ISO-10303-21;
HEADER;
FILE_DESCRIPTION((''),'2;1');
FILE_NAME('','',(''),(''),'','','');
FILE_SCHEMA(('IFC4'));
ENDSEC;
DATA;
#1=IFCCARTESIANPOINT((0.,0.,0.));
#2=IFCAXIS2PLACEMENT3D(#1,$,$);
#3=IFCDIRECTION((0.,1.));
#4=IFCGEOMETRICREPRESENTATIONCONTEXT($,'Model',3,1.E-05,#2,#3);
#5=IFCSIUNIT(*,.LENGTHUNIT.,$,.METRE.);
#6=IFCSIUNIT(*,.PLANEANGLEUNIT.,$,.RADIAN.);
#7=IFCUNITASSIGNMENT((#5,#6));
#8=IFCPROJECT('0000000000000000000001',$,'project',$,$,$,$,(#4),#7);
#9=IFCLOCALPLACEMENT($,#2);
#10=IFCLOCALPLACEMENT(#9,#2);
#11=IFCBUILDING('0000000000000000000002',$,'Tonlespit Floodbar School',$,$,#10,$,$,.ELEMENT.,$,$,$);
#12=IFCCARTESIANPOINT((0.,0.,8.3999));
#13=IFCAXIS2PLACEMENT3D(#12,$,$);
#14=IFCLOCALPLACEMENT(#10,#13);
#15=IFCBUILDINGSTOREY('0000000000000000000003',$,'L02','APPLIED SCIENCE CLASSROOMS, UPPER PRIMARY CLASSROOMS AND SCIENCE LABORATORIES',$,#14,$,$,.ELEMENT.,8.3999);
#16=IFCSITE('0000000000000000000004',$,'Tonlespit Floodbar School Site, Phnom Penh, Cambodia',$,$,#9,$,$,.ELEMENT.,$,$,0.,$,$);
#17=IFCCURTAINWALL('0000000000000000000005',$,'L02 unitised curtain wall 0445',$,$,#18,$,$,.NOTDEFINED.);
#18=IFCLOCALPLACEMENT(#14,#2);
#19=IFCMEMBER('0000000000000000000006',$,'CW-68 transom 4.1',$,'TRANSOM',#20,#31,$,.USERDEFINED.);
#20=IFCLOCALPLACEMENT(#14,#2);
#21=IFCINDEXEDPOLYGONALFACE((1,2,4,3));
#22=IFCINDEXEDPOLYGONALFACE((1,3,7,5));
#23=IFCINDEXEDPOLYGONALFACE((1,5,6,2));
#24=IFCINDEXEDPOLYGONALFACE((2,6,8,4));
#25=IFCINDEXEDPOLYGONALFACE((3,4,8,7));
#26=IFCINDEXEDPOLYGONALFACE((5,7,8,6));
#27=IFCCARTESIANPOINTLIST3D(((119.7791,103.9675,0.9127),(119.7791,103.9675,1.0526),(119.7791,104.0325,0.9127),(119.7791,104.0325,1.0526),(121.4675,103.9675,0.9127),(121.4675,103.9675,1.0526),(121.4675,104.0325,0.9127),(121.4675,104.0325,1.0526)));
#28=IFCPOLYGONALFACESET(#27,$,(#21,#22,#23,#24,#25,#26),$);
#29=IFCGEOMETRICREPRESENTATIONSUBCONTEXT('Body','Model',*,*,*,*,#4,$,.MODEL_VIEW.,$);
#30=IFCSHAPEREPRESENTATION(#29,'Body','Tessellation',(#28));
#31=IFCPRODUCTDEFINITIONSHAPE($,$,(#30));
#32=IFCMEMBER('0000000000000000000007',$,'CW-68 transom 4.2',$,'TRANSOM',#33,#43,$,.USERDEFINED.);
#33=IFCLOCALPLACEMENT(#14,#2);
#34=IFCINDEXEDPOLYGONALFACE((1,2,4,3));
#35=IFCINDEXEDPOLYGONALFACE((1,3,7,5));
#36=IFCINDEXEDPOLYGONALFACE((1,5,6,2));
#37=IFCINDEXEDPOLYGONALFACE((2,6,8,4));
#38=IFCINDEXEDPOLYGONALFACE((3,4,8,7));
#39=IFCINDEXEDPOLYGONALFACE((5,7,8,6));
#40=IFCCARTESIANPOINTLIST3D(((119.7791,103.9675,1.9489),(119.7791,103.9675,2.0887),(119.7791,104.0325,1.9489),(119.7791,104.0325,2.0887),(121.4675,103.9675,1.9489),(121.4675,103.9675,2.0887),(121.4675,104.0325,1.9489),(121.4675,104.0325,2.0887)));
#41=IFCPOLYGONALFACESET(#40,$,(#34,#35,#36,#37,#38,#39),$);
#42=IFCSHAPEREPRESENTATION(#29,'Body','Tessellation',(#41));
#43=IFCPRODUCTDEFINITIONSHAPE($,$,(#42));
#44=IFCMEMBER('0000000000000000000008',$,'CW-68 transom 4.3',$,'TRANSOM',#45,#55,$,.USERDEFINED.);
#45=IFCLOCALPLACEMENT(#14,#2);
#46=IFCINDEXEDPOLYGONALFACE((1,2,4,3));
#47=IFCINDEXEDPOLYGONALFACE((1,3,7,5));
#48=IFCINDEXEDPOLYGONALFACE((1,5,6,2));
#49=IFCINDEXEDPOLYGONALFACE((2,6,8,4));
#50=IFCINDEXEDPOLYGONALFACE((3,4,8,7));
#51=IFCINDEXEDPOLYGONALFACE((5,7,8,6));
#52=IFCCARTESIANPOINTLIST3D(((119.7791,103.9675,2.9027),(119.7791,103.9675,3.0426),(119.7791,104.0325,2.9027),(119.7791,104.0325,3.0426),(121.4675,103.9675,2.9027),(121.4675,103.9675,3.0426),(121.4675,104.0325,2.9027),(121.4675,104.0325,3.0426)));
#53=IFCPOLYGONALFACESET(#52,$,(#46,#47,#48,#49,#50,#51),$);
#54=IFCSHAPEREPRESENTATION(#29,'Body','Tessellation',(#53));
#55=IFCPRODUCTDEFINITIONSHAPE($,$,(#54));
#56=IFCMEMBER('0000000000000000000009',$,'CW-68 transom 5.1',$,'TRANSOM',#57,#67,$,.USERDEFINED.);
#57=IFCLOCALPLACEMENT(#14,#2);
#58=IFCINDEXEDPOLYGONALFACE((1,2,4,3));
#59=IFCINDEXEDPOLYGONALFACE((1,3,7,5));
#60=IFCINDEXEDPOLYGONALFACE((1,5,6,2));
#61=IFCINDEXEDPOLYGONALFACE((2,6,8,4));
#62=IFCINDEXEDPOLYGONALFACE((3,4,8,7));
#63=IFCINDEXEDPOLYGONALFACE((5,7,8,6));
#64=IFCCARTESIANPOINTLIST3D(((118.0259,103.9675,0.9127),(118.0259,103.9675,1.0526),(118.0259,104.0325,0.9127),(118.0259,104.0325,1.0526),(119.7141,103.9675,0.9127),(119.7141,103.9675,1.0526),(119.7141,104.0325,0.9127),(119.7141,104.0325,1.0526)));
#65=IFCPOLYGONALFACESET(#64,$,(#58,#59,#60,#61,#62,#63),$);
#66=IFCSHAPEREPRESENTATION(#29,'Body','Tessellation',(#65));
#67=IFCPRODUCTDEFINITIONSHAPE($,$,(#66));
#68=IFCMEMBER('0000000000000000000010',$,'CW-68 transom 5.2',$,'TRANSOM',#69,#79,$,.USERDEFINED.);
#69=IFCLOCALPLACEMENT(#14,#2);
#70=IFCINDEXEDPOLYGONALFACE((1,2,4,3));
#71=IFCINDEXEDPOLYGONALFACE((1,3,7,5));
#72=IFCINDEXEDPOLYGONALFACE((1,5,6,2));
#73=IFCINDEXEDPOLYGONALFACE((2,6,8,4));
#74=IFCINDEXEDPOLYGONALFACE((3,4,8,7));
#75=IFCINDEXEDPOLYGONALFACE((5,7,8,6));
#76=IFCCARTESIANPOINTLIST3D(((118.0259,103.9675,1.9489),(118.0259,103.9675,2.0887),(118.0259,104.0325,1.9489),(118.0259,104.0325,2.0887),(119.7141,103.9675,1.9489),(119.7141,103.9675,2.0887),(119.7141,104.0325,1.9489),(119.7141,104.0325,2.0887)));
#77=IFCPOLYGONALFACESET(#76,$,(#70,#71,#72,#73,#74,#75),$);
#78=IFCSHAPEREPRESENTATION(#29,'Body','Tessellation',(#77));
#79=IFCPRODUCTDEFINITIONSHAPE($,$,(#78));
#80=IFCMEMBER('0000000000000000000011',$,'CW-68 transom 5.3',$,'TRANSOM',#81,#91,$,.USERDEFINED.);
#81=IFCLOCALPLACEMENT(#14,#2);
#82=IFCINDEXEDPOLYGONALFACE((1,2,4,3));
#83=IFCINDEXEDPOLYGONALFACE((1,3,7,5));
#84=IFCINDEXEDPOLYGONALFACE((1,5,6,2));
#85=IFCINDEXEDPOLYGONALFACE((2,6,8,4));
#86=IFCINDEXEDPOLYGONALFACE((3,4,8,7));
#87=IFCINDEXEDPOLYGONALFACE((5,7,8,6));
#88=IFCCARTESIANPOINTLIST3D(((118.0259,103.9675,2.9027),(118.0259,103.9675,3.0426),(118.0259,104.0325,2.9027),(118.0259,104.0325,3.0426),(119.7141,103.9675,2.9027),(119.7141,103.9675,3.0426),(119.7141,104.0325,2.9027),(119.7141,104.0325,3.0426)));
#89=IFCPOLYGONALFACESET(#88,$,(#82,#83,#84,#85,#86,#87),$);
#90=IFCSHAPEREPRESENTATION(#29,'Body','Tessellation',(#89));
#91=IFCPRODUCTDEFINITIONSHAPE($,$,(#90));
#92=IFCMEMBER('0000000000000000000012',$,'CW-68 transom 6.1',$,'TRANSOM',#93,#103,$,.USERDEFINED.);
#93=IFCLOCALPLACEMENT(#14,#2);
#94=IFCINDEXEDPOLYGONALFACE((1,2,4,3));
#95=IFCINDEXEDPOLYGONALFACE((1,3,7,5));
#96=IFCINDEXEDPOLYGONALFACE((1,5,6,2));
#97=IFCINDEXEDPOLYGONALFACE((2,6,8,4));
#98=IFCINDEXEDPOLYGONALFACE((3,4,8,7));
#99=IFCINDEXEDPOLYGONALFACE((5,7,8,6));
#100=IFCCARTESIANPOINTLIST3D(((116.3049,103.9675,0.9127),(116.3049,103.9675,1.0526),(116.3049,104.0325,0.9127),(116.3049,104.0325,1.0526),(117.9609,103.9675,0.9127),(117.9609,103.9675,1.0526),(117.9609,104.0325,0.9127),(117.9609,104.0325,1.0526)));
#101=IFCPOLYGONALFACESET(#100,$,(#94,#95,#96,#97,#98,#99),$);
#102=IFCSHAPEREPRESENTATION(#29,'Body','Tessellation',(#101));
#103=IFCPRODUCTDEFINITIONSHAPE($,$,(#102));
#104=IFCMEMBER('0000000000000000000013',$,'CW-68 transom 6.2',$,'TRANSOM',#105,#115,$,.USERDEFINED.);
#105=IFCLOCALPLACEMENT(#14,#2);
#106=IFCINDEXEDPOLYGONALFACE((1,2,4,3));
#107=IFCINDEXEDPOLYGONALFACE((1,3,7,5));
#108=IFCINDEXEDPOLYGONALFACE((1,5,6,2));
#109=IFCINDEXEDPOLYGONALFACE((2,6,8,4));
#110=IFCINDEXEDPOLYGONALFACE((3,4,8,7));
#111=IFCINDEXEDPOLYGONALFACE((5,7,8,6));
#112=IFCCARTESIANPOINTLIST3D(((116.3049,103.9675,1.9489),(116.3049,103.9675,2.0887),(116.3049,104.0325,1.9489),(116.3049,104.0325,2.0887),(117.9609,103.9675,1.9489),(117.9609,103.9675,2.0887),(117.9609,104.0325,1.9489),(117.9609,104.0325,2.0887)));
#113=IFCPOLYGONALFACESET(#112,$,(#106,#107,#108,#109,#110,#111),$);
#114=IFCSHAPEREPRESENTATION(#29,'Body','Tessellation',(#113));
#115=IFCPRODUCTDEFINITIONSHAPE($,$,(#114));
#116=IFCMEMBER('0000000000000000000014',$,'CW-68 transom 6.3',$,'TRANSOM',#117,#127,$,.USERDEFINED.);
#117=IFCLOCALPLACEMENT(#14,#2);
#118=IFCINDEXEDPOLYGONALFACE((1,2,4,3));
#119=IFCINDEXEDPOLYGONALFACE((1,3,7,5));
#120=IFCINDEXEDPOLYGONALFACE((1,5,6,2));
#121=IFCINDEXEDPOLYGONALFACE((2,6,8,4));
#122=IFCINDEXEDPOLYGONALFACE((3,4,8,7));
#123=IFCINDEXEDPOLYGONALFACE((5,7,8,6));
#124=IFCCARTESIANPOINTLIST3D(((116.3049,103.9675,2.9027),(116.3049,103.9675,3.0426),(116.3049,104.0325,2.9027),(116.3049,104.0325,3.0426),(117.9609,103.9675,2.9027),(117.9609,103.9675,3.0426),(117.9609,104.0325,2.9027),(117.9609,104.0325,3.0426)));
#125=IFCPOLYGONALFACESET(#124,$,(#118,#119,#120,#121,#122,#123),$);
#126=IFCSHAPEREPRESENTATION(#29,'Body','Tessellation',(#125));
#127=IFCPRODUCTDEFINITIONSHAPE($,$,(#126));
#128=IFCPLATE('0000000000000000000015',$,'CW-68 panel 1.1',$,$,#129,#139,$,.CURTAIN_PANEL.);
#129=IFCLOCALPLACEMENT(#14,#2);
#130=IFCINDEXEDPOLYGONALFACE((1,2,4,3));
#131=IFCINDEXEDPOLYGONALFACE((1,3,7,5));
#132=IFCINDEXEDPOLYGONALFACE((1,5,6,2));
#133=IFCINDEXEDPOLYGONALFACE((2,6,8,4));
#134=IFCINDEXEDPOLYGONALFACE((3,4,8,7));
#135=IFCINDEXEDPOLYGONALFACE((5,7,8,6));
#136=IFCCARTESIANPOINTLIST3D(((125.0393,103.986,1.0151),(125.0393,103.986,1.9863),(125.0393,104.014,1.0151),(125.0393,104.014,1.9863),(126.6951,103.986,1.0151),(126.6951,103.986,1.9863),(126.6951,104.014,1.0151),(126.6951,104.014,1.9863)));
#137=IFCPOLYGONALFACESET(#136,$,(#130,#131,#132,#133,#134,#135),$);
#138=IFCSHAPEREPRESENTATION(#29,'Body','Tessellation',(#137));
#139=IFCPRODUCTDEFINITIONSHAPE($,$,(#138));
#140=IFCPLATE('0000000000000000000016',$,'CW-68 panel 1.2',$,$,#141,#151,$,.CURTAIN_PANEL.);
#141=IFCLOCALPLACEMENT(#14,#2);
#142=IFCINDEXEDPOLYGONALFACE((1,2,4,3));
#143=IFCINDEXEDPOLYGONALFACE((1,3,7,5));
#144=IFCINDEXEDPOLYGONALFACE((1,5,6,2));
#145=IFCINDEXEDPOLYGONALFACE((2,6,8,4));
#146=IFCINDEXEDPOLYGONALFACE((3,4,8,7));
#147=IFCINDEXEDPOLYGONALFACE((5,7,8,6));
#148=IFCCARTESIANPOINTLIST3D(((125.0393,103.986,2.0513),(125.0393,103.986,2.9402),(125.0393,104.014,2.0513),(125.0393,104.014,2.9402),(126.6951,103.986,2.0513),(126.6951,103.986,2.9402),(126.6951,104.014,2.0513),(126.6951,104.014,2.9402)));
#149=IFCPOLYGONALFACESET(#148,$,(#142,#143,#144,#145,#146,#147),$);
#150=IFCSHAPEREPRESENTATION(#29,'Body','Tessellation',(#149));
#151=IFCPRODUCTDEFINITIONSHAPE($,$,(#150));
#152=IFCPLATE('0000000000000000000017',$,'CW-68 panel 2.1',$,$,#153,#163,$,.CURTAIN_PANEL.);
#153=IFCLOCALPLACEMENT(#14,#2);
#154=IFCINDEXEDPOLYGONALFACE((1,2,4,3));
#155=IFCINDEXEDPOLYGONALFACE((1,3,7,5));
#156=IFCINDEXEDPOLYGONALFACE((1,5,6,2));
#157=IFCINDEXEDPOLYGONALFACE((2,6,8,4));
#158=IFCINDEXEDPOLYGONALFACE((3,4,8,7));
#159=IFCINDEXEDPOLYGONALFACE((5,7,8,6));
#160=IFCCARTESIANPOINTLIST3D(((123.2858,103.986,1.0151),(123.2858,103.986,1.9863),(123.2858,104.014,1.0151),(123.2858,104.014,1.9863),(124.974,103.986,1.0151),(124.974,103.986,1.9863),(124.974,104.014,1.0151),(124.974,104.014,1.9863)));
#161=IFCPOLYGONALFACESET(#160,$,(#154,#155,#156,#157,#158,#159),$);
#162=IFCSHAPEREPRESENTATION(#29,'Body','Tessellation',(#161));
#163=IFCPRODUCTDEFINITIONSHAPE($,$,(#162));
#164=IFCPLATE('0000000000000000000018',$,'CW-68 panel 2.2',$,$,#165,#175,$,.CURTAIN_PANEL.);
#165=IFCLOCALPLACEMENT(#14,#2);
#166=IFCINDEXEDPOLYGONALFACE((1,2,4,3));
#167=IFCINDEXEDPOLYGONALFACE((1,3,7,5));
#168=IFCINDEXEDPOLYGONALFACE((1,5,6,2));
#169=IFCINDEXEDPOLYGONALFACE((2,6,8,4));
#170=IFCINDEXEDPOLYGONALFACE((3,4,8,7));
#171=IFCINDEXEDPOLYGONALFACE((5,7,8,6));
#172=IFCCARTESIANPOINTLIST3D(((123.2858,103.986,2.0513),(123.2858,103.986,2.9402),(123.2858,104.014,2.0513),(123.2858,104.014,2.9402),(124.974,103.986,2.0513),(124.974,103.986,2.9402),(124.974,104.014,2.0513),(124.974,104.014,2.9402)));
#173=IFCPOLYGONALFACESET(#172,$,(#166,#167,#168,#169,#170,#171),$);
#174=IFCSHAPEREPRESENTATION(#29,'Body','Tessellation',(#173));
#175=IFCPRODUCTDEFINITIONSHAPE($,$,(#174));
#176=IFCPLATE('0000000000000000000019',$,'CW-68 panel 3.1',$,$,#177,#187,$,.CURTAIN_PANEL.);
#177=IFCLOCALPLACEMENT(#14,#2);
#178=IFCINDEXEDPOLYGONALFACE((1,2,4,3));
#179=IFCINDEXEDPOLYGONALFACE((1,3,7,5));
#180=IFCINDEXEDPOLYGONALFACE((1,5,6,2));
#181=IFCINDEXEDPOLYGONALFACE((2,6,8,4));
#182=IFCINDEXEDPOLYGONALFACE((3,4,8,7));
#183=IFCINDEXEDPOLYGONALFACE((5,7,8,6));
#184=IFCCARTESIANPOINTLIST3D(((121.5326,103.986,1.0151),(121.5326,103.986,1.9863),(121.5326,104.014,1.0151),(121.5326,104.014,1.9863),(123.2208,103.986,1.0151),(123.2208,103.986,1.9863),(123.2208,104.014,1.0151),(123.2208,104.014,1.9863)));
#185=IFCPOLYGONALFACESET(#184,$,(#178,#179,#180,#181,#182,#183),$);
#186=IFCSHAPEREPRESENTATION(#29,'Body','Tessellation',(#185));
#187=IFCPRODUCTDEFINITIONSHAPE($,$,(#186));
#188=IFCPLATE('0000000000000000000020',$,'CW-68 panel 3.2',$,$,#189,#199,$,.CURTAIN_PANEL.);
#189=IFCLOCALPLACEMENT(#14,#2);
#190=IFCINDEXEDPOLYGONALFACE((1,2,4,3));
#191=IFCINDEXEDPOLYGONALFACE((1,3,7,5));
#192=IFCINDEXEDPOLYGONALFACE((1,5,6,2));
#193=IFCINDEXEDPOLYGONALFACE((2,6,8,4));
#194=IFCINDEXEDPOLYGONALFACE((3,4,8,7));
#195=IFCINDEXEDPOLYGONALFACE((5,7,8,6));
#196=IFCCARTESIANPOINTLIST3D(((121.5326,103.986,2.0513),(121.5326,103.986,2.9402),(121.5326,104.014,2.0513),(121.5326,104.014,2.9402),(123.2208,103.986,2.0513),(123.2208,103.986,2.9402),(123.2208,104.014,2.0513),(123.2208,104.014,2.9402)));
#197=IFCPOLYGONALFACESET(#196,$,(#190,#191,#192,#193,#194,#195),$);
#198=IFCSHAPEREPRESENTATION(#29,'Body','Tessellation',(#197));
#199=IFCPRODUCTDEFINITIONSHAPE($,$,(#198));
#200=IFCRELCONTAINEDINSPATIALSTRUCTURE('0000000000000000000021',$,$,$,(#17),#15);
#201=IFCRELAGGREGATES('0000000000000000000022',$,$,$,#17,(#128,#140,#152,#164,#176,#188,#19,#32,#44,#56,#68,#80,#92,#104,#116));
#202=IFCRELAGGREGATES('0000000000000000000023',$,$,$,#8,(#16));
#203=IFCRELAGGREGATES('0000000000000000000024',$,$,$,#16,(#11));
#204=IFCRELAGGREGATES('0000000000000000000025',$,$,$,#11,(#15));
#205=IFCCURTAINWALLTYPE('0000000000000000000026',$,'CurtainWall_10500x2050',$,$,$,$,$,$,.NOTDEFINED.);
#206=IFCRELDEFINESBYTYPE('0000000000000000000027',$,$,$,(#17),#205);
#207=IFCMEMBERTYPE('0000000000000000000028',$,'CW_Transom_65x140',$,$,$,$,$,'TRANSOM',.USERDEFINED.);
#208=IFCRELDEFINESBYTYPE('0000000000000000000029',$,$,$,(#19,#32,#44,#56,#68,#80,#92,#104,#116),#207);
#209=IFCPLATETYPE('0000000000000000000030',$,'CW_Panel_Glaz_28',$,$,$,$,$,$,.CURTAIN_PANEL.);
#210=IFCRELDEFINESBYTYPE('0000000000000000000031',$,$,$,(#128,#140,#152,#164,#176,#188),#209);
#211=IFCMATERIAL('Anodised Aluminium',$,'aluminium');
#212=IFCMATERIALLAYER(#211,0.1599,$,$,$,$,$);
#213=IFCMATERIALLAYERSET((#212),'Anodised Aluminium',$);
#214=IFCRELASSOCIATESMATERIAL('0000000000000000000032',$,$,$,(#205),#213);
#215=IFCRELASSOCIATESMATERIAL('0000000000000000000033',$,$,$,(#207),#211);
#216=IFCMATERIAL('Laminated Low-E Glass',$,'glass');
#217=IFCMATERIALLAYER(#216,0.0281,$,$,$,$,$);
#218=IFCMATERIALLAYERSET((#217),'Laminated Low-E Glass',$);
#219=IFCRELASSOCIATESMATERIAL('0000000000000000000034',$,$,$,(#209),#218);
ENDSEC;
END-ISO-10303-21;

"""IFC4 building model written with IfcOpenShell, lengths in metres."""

from ifc_helpers import new_model, si_unit, direction, frame, origin, origin_2d, place, context, subcontext, project, spatial, rectangle, extrude, material, layer, layer_set, material_profile, profile_set, type_object, element, aggregate, save


model = new_model("IFC4")

# Units and contexts
model_context = context("Model", 3, precision=1e-05, world=origin(), true_north=direction((0.0, 1.0)))
body_context = subcontext(model_context, "Body", "Model", "MODEL_VIEW")
ifc_project = project(units=[si_unit("LENGTHUNIT", "METRE"), si_unit("PLANEANGLEUNIT", "RADIAN")], contexts=[model_context])

# Site, building, storey
site_placement = place(None, origin())
site = spatial("IfcSite", under=ifc_project, at=site_placement, Name="Tonlespit Floodbar School Site, Phnom Penh, Cambodia", CompositionType="ELEMENT", RefElevation=0.0)
building_placement = place(site_placement, origin())
building = spatial("IfcBuilding", under=site, at=building_placement, Name="Tonlespit Floodbar School", CompositionType="ELEMENT")
storey_placement = place(building_placement, frame((0.0, 0.0, 8.3999)))
storey = spatial("IfcBuildingStorey", under=building, at=storey_placement, Name="L02", Description="APPLIED SCIENCE CLASSROOMS, UPPER PRIMARY CLASSROOMS AND SCIENCE LABORATORIES", CompositionType="ELEMENT", Elevation=8.3999)

# Curtain wall, members, plates
ifc_material_1 = material(Name="Anodised Aluminium", Category="aluminium")
ifc_layer_1 = layer(ifc_material_1, 0.1599)
ifc_layer_set_1 = layer_set([ifc_layer_1], Name="Anodised Aluminium")
curtain_wall_type = type_object("IfcCurtainWallType", Name="CurtainWall_10500x2050", PredefinedType="NOTDEFINED", material=ifc_layer_set_1)
curtain_wall_placement = place(storey_placement, origin())
curtain_wall = element("IfcCurtainWall", 1, at=curtain_wall_placement, inside=storey, type_object=curtain_wall_type, Name="L02 unitised curtain wall 0445", PredefinedType="NOTDEFINED")
ifc_material_profile_1 = material_profile(ifc_material_1, rectangle(XDim=0.0649, YDim=0.1399, at=origin_2d()), Name="ALU T65x140")
ifc_profile_set_1 = profile_set([ifc_material_profile_1], Name="Anodised Aluminium")
member_type_1 = type_object("IfcMemberType", Name="CW_Transom_65x140", ElementType="TRANSOM", PredefinedType="USERDEFINED", material=ifc_profile_set_1)
member_1_placement = place(storey_placement, frame((121.4675, 104.0, 0.9827), z_axis=(-1.0, 0.0, 0.0), x_axis=(0.0, -1.0, 0.0)))
member_1 = element("IfcMember", 2, at=member_1_placement, type_object=member_type_1, Name="CW-68 transom 4.1", ObjectType="TRANSOM", PredefinedType="USERDEFINED", context=body_context, shape_type="SweptSolid", body=[
    extrude(rectangle(XDim=0.0649, YDim=0.1399, at=origin_2d()), origin(), (0.0, 0.0, 1.0), 1.6885),
])
member_2_placement = place(storey_placement, frame((121.4675, 104.0, 2.0188), z_axis=(-1.0, 0.0, 0.0), x_axis=(0.0, -1.0, 0.0)))
member_2 = element("IfcMember", 3, at=member_2_placement, type_object=member_type_1, Name="CW-68 transom 4.2", ObjectType="TRANSOM", PredefinedType="USERDEFINED", context=body_context, shape_type="SweptSolid", body=[
    extrude(rectangle(XDim=0.0649, YDim=0.1399, at=origin_2d()), origin(), (0.0, 0.0, 1.0), 1.6885),
])
member_3_placement = place(storey_placement, frame((121.4675, 104.0, 2.9727), z_axis=(-1.0, 0.0, 0.0), x_axis=(0.0, -1.0, 0.0)))
member_3 = element("IfcMember", 4, at=member_3_placement, type_object=member_type_1, Name="CW-68 transom 4.3", ObjectType="TRANSOM", PredefinedType="USERDEFINED", context=body_context, shape_type="SweptSolid", body=[
    extrude(rectangle(XDim=0.0649, YDim=0.1399, at=origin_2d()), origin(), (0.0, 0.0, 1.0), 1.6885),
])
member_4_placement = place(storey_placement, frame((119.7141, 104.0, 0.9827), z_axis=(-1.0, 0.0, 0.0), x_axis=(0.0, -1.0, 0.0)))
member_4 = element("IfcMember", 5, at=member_4_placement, type_object=member_type_1, Name="CW-68 transom 5.1", ObjectType="TRANSOM", PredefinedType="USERDEFINED", context=body_context, shape_type="SweptSolid", body=[
    extrude(rectangle(XDim=0.0649, YDim=0.1399, at=origin_2d()), origin(), (0.0, 0.0, 1.0), 1.6882),
])
member_5_placement = place(storey_placement, frame((119.7141, 104.0, 2.0188), z_axis=(-1.0, 0.0, 0.0), x_axis=(0.0, -1.0, 0.0)))
member_5 = element("IfcMember", 6, at=member_5_placement, type_object=member_type_1, Name="CW-68 transom 5.2", ObjectType="TRANSOM", PredefinedType="USERDEFINED", context=body_context, shape_type="SweptSolid", body=[
    extrude(rectangle(XDim=0.0649, YDim=0.1399, at=origin_2d()), origin(), (0.0, 0.0, 1.0), 1.6882),
])
member_6_placement = place(storey_placement, frame((119.7141, 104.0, 2.9727), z_axis=(-1.0, 0.0, 0.0), x_axis=(0.0, -1.0, 0.0)))
member_6 = element("IfcMember", 7, at=member_6_placement, type_object=member_type_1, Name="CW-68 transom 5.3", ObjectType="TRANSOM", PredefinedType="USERDEFINED", context=body_context, shape_type="SweptSolid", body=[
    extrude(rectangle(XDim=0.0649, YDim=0.1399, at=origin_2d()), origin(), (0.0, 0.0, 1.0), 1.6882),
])
member_7_placement = place(storey_placement, frame((117.9609, 104.0, 0.9827), z_axis=(-1.0, 0.0, 0.0), x_axis=(0.0, -1.0, 0.0)))
member_7 = element("IfcMember", 8, at=member_7_placement, type_object=member_type_1, Name="CW-68 transom 6.1", ObjectType="TRANSOM", PredefinedType="USERDEFINED", context=body_context, shape_type="SweptSolid", body=[
    extrude(rectangle(XDim=0.0649, YDim=0.1399, at=origin_2d()), origin(), (0.0, 0.0, 1.0), 1.656),
])
member_8_placement = place(storey_placement, frame((117.9609, 104.0, 2.0188), z_axis=(-1.0, 0.0, 0.0), x_axis=(0.0, -1.0, 0.0)))
member_8 = element("IfcMember", 9, at=member_8_placement, type_object=member_type_1, Name="CW-68 transom 6.2", ObjectType="TRANSOM", PredefinedType="USERDEFINED", context=body_context, shape_type="SweptSolid", body=[
    extrude(rectangle(XDim=0.0649, YDim=0.1399, at=origin_2d()), origin(), (0.0, 0.0, 1.0), 1.656),
])
member_9_placement = place(storey_placement, frame((117.9609, 104.0, 2.9727), z_axis=(-1.0, 0.0, 0.0), x_axis=(0.0, -1.0, 0.0)))
member_9 = element("IfcMember", 10, at=member_9_placement, type_object=member_type_1, Name="CW-68 transom 6.3", ObjectType="TRANSOM", PredefinedType="USERDEFINED", context=body_context, shape_type="SweptSolid", body=[
    extrude(rectangle(XDim=0.0649, YDim=0.1399, at=origin_2d()), origin(), (0.0, 0.0, 1.0), 1.656),
])
ifc_material_2 = material(Name="Laminated Low-E Glass", Category="glass")
ifc_layer_2 = layer(ifc_material_2, 0.0281)
ifc_layer_set_2 = layer_set([ifc_layer_2], Name="Laminated Low-E Glass")
plate_type = type_object("IfcPlateType", Name="CW_Panel_Glaz_28", PredefinedType="CURTAIN_PANEL", material=ifc_layer_set_2)
plate_1_placement = place(storey_placement, frame((125.8672, 104.0, 1.0151), z_axis=(0.0, 0.0, 1.0), x_axis=(-1.0, 0.0, 0.0)))
plate_1 = element("IfcPlate", 11, at=plate_1_placement, type_object=plate_type, Name="CW-68 panel 1.1", PredefinedType="CURTAIN_PANEL", context=body_context, shape_type="SweptSolid", body=[
    extrude(rectangle(XDim=1.6558, YDim=0.0281, at=origin_2d()), origin(), (0.0, 0.0, 1.0), 0.9712),
])
plate_2_placement = place(storey_placement, frame((125.8672, 104.0, 2.0513), z_axis=(0.0, 0.0, 1.0), x_axis=(-1.0, 0.0, 0.0)))
plate_2 = element("IfcPlate", 12, at=plate_2_placement, type_object=plate_type, Name="CW-68 panel 1.2", PredefinedType="CURTAIN_PANEL", context=body_context, shape_type="SweptSolid", body=[
    extrude(rectangle(XDim=1.6558, YDim=0.0281, at=origin_2d()), origin(), (0.0, 0.0, 1.0), 0.8889),
])
plate_3_placement = place(storey_placement, frame((124.1299, 104.0, 1.0151), z_axis=(0.0, 0.0, 1.0), x_axis=(-1.0, 0.0, 0.0)))
plate_3 = element("IfcPlate", 13, at=plate_3_placement, type_object=plate_type, Name="CW-68 panel 2.1", PredefinedType="CURTAIN_PANEL", context=body_context, shape_type="SweptSolid", body=[
    extrude(rectangle(XDim=1.6882, YDim=0.0281, at=origin_2d()), origin(), (0.0, 0.0, 1.0), 0.9712),
])
plate_4_placement = place(storey_placement, frame((124.1299, 104.0, 2.0513), z_axis=(0.0, 0.0, 1.0), x_axis=(-1.0, 0.0, 0.0)))
plate_4 = element("IfcPlate", 14, at=plate_4_placement, type_object=plate_type, Name="CW-68 panel 2.2", PredefinedType="CURTAIN_PANEL", context=body_context, shape_type="SweptSolid", body=[
    extrude(rectangle(XDim=1.6882, YDim=0.0281, at=origin_2d()), origin(), (0.0, 0.0, 1.0), 0.8889),
])
plate_5_placement = place(storey_placement, frame((122.3767, 104.0, 1.0151), z_axis=(0.0, 0.0, 1.0), x_axis=(-1.0, 0.0, 0.0)))
plate_5 = element("IfcPlate", 15, at=plate_5_placement, type_object=plate_type, Name="CW-68 panel 3.1", PredefinedType="CURTAIN_PANEL", context=body_context, shape_type="SweptSolid", body=[
    extrude(rectangle(XDim=1.6882, YDim=0.0281, at=origin_2d()), origin(), (0.0, 0.0, 1.0), 0.9712),
])
plate_6_placement = place(storey_placement, frame((122.3767, 104.0, 2.0513), z_axis=(0.0, 0.0, 1.0), x_axis=(-1.0, 0.0, 0.0)))
plate_6 = element("IfcPlate", 16, at=plate_6_placement, type_object=plate_type, Name="CW-68 panel 3.2", PredefinedType="CURTAIN_PANEL", context=body_context, shape_type="SweptSolid", body=[
    extrude(rectangle(XDim=1.6882, YDim=0.0281, at=origin_2d()), origin(), (0.0, 0.0, 1.0), 0.8889),
])
aggregate(curtain_wall, [plate_1, plate_2, plate_3, plate_4, plate_5, plate_6, member_1, member_2, member_3, member_4, member_5, member_6, member_7, member_8, member_9])

save(model, "model.ifc")
